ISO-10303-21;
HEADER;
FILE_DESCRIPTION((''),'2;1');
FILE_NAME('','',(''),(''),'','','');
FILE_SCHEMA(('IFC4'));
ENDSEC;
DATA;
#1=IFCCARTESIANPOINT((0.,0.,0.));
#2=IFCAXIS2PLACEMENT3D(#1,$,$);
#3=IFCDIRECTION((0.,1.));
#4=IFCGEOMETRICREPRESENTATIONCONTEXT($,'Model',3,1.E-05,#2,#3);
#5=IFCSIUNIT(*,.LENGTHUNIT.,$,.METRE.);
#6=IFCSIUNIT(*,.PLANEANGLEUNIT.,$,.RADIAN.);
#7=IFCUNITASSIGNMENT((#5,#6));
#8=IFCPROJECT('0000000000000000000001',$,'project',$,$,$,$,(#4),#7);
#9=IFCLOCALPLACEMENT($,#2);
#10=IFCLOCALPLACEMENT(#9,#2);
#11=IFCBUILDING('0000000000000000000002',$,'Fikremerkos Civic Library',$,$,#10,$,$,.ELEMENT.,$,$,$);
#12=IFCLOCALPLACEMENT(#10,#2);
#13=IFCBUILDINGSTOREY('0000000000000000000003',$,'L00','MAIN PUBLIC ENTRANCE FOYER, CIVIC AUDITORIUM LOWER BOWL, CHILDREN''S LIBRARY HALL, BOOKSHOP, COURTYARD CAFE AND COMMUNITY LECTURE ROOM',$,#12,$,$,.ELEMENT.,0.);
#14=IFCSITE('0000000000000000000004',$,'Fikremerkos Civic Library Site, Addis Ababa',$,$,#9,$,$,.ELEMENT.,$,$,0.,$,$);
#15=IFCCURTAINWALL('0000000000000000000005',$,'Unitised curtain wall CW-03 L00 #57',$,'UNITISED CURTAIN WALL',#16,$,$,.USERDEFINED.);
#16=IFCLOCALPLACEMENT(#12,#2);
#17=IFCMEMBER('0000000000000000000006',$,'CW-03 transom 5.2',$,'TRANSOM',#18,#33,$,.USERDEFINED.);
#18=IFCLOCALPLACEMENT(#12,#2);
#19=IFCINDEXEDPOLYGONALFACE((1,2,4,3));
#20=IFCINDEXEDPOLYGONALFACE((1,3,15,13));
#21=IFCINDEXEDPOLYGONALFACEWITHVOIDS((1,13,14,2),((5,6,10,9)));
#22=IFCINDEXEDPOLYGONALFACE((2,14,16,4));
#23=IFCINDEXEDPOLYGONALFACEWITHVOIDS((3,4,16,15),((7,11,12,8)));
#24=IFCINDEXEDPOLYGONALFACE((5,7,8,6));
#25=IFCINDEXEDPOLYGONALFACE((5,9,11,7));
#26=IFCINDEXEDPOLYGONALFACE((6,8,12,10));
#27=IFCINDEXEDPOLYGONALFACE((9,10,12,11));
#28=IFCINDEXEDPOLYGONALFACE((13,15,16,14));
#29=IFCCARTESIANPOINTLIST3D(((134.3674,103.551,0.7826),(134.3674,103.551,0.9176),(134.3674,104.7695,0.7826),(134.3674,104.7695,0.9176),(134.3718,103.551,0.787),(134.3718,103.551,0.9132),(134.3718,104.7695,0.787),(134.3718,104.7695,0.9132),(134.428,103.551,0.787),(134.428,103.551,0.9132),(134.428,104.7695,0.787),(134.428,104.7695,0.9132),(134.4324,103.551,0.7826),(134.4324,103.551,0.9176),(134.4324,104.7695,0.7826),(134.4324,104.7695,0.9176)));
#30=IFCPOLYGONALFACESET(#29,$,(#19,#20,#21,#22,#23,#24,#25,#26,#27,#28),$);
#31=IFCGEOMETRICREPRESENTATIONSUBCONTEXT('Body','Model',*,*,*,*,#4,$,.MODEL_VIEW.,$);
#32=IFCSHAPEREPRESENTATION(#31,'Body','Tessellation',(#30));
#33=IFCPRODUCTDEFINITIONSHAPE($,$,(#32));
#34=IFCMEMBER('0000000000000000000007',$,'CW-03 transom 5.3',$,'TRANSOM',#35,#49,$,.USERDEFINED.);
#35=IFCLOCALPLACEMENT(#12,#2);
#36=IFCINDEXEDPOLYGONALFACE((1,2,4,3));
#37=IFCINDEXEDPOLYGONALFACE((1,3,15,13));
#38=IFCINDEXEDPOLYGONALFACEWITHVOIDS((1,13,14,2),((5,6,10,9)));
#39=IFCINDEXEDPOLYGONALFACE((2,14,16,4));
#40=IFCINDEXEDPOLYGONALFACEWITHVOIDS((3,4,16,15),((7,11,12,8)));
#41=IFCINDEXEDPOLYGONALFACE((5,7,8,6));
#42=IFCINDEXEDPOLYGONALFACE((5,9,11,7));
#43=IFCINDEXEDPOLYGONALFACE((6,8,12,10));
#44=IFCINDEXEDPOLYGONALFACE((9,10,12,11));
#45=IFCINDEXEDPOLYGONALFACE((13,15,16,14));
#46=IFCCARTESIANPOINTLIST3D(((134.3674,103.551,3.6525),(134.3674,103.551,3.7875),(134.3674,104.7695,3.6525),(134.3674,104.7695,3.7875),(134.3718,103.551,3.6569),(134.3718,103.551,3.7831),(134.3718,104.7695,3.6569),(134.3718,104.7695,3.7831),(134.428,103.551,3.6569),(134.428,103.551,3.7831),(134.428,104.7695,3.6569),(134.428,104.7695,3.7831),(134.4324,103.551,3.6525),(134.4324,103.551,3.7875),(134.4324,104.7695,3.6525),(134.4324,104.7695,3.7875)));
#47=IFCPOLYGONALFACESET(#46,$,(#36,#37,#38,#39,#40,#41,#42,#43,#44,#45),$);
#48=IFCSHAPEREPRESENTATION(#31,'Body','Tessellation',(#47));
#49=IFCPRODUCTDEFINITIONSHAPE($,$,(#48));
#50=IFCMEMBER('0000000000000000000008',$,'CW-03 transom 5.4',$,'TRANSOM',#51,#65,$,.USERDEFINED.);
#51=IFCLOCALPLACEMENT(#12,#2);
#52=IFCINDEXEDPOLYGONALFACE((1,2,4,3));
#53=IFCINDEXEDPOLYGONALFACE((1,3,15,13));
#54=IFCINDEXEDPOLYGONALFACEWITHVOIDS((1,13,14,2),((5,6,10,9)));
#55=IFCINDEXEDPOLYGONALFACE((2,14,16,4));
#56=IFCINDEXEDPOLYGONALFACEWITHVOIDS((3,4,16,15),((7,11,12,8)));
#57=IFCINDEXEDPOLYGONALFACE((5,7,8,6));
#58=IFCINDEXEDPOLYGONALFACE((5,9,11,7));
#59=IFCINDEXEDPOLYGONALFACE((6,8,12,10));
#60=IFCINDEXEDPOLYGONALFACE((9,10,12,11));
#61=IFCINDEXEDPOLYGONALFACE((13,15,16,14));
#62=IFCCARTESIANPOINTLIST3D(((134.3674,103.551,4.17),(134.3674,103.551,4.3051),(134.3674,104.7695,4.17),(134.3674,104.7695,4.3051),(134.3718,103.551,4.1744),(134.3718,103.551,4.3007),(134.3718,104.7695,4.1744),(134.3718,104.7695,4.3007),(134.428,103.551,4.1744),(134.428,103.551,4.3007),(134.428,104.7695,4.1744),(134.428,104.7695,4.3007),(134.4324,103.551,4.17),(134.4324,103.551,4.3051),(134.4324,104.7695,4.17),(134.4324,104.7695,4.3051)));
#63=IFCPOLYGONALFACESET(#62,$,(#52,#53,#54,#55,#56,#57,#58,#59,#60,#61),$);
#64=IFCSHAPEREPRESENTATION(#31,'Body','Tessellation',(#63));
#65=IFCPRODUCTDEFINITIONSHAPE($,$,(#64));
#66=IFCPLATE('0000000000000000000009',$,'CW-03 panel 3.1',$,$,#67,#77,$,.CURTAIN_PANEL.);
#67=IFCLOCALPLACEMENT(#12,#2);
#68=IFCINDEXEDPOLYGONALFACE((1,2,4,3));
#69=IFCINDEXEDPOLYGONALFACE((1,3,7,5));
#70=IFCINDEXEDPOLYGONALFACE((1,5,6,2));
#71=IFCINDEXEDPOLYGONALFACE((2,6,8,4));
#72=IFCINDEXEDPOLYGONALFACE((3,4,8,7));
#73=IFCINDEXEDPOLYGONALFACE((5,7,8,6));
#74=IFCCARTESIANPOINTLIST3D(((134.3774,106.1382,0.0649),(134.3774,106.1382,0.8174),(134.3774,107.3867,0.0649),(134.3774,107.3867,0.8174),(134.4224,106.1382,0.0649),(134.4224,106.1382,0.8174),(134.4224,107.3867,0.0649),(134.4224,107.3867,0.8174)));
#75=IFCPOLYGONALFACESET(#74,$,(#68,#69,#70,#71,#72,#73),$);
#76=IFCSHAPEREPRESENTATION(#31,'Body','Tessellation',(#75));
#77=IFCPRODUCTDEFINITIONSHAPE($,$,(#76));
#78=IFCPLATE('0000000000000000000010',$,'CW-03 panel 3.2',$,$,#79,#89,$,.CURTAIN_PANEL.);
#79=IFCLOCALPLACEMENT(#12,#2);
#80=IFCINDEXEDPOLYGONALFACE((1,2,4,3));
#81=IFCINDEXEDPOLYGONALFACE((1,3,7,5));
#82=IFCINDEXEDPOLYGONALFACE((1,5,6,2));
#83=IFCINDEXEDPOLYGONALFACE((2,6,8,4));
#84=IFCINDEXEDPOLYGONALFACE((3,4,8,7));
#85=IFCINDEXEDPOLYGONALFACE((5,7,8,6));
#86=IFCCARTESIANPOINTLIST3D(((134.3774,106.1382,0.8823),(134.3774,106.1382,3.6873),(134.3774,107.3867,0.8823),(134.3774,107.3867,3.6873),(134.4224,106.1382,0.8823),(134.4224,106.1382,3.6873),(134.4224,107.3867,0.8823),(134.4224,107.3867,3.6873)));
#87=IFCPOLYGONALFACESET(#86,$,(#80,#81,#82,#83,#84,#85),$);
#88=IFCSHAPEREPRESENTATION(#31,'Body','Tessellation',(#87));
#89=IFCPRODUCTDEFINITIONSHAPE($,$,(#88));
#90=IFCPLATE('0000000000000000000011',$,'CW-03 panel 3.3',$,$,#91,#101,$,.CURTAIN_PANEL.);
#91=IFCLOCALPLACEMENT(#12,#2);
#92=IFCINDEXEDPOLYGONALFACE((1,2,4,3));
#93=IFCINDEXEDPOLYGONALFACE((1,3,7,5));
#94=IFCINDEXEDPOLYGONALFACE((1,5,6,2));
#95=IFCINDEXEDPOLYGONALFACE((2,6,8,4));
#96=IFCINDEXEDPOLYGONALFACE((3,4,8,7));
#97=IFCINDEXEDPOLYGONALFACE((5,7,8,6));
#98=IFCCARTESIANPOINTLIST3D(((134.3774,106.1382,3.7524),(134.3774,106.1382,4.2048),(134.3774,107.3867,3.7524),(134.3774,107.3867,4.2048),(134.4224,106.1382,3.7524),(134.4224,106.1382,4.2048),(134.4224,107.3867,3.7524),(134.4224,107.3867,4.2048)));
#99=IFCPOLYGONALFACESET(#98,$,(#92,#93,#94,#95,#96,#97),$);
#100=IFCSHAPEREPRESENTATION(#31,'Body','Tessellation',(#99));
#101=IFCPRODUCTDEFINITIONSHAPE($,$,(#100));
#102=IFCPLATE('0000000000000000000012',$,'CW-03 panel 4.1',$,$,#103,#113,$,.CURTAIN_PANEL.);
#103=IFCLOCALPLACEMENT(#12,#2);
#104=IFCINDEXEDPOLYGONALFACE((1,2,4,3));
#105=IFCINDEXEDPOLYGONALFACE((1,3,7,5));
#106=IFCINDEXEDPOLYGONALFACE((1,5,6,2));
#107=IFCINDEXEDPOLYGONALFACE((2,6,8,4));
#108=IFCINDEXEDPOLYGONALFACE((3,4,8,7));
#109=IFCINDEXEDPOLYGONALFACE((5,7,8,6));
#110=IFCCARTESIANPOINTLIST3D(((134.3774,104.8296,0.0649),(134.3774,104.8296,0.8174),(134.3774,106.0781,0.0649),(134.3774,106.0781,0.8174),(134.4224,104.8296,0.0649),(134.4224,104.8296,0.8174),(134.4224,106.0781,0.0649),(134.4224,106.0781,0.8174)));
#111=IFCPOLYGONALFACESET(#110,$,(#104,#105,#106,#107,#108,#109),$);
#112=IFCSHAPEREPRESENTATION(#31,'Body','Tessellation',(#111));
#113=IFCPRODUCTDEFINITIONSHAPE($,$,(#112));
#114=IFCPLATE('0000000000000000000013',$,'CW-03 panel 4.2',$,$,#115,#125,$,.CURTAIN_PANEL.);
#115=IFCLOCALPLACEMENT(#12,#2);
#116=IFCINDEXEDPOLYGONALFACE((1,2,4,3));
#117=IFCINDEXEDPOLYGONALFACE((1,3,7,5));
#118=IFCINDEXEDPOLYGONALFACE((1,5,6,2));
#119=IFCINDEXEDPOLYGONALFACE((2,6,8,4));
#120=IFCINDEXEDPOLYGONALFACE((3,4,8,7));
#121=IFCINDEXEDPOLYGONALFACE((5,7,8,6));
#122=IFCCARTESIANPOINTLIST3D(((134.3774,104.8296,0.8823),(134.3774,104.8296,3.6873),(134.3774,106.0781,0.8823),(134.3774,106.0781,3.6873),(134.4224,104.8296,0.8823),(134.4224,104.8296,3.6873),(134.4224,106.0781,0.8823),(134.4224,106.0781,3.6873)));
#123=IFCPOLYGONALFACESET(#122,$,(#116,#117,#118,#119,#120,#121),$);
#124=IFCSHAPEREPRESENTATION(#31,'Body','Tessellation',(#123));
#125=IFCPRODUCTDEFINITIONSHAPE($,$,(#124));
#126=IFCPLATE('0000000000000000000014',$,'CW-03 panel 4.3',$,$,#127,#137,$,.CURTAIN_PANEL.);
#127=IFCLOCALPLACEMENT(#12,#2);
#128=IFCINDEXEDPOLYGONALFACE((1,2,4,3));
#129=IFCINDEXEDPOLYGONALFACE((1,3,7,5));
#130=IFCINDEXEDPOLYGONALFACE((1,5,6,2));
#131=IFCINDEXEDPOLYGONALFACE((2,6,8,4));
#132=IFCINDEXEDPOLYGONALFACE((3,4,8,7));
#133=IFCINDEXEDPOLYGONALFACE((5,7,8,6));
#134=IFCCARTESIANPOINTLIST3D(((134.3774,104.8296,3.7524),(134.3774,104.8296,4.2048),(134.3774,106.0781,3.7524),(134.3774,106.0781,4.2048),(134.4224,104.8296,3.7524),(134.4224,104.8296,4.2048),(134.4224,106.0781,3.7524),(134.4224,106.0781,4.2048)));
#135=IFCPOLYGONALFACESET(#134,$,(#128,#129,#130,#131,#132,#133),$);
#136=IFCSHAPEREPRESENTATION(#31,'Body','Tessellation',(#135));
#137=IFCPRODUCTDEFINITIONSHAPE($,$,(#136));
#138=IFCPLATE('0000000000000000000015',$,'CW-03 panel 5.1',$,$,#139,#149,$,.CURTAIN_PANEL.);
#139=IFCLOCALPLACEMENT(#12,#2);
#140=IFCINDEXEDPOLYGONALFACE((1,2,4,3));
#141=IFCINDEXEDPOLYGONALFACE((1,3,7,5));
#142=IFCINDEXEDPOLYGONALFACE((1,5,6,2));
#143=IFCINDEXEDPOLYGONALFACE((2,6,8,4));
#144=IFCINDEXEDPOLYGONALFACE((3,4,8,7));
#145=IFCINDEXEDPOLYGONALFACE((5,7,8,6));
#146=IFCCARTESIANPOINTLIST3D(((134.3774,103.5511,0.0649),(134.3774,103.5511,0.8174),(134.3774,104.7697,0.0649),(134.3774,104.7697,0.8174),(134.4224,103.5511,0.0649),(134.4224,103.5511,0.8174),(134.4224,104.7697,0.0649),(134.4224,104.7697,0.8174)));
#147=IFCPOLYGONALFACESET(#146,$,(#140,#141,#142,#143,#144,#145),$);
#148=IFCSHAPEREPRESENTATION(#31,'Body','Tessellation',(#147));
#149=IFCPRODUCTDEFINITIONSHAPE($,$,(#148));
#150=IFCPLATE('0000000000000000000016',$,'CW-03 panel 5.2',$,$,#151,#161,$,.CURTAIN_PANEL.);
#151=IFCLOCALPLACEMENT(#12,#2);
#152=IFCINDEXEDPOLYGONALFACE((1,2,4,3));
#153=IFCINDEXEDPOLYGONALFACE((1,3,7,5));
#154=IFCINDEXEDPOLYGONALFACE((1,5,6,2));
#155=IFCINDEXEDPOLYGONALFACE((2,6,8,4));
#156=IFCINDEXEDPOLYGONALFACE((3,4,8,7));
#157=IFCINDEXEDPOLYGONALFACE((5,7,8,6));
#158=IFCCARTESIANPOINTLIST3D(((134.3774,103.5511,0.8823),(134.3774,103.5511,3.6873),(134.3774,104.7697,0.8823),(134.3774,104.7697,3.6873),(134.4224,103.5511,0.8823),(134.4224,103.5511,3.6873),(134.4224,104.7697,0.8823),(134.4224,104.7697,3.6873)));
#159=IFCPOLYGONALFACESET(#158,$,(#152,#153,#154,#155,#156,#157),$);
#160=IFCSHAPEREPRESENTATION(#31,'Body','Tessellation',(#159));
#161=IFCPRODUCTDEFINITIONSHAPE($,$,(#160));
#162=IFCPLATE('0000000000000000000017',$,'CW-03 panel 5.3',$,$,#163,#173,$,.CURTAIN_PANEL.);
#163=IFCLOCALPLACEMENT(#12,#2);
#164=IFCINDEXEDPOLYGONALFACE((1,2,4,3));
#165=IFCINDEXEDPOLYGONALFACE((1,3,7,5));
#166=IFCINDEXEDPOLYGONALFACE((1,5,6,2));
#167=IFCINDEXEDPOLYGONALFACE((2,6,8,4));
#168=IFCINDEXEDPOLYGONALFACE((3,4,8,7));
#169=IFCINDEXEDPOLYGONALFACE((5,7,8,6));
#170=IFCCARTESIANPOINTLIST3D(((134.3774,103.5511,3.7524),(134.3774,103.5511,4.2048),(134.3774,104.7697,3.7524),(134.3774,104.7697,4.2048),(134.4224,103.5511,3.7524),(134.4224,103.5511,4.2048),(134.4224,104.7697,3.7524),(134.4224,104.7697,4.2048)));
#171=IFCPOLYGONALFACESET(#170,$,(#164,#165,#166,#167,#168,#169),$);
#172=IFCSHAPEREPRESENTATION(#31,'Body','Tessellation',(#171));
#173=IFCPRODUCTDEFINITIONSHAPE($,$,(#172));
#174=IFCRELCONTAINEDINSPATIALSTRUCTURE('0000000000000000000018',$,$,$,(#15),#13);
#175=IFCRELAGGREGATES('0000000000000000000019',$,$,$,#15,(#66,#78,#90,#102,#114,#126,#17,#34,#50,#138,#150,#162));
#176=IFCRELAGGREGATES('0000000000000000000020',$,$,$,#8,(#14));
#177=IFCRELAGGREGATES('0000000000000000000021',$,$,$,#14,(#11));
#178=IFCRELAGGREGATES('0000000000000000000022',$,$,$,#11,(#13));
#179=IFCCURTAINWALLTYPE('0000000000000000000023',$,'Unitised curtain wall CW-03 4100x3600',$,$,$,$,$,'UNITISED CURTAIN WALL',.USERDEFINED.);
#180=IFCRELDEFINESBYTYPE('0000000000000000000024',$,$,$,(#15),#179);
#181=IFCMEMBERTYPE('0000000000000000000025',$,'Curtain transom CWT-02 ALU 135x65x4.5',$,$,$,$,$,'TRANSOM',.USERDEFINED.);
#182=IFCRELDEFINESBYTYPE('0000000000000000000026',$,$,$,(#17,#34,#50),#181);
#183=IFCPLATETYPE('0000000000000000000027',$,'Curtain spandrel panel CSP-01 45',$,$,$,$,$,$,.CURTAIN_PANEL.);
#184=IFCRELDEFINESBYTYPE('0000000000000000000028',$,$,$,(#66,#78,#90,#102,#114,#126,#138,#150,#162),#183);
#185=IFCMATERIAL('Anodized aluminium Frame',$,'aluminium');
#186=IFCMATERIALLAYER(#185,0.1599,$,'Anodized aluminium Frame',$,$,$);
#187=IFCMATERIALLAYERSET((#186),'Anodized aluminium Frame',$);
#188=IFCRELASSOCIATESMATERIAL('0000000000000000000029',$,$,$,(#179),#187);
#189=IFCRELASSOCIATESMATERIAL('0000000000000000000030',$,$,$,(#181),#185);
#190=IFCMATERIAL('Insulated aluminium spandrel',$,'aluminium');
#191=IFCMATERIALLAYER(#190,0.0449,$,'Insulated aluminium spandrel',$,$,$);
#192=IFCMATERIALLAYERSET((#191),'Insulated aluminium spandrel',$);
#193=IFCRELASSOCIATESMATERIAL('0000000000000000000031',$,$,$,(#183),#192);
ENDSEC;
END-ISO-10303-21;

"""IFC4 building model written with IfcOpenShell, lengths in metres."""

from ifc_helpers import new_model, si_unit, direction, frame, origin, origin_2d, place, context, subcontext, project, spatial, rectangle, hollow_rectangle, extrude, material, layer, layer_set, material_profile, profile_set, type_object, element, aggregate, save


model = new_model("IFC4")

# Units and contexts
model_context = context("Model", 3, precision=1e-05, world=origin(), true_north=direction((0.0, 1.0)))
body_context = subcontext(model_context, "Body", "Model", "MODEL_VIEW")
ifc_project = project(units=[si_unit("LENGTHUNIT", "METRE"), si_unit("PLANEANGLEUNIT", "RADIAN")], contexts=[model_context])

# Site, building, storey
site_placement = place(None, origin())
site = spatial("IfcSite", under=ifc_project, at=site_placement, Name="Fikremerkos Civic Library Site, Addis Ababa", CompositionType="ELEMENT", RefElevation=0.0)
building_placement = place(site_placement, origin())
building = spatial("IfcBuilding", under=site, at=building_placement, Name="Fikremerkos Civic Library", CompositionType="ELEMENT")
storey_placement = place(building_placement, origin())
storey = spatial("IfcBuildingStorey", under=building, at=storey_placement, Name="L00", Description="MAIN PUBLIC ENTRANCE FOYER, CIVIC AUDITORIUM LOWER BOWL, CHILDREN'S LIBRARY HALL, BOOKSHOP, COURTYARD CAFE AND COMMUNITY LECTURE ROOM", CompositionType="ELEMENT", Elevation=0.0)

# Curtain wall, members, plates
ifc_material_1 = material(Name="Anodized aluminium Frame", Category="aluminium")
ifc_layer_1 = layer(ifc_material_1, 0.1599, Name="Anodized aluminium Frame")
ifc_layer_set_1 = layer_set([ifc_layer_1], Name="Anodized aluminium Frame")
curtain_wall_type = type_object("IfcCurtainWallType", Name="Unitised curtain wall CW-03 4100x3600", ElementType="UNITISED CURTAIN WALL", PredefinedType="USERDEFINED", material=ifc_layer_set_1)
curtain_wall_placement = place(storey_placement, origin())
curtain_wall = element("IfcCurtainWall", 1, at=curtain_wall_placement, inside=storey, type_object=curtain_wall_type, Name="Unitised curtain wall CW-03 L00 #57", ObjectType="UNITISED CURTAIN WALL", PredefinedType="USERDEFINED")
ifc_material_profile_1 = material_profile(ifc_material_1, hollow_rectangle(XDim=0.0649, YDim=0.135, WallThickness=0.0044, at=origin_2d()), Name="ALU 135x65x4.5")
ifc_profile_set_1 = profile_set([ifc_material_profile_1], Name="Anodized aluminium Frame")
member_type_1 = type_object("IfcMemberType", Name="Curtain transom CWT-02 ALU 135x65x4.5", ElementType="TRANSOM", PredefinedType="USERDEFINED", material=ifc_profile_set_1)
member_1_placement = place(storey_placement, frame((134.3999, 104.7695, 0.8501), z_axis=(0.0, -1.0, 0.0), x_axis=(1.0, 0.0, 0.0)))
member_1 = element("IfcMember", 2, at=member_1_placement, type_object=member_type_1, Name="CW-03 transom 5.2", ObjectType="TRANSOM", PredefinedType="USERDEFINED", context=body_context, shape_type="SweptSolid", body=[
    extrude(hollow_rectangle(XDim=0.0649, YDim=0.135, WallThickness=0.0044, at=origin_2d()), origin(), (0.0, 0.0, 1.0), 1.2185),
])
member_2_placement = place(storey_placement, frame((134.3999, 104.7695, 3.72), z_axis=(0.0, -1.0, 0.0), x_axis=(1.0, 0.0, 0.0)))
member_2 = element("IfcMember", 3, at=member_2_placement, type_object=member_type_1, Name="CW-03 transom 5.3", ObjectType="TRANSOM", PredefinedType="USERDEFINED", context=body_context, shape_type="SweptSolid", body=[
    extrude(hollow_rectangle(XDim=0.0649, YDim=0.135, WallThickness=0.0044, at=origin_2d()), origin(), (0.0, 0.0, 1.0), 1.2185),
])
member_3_placement = place(storey_placement, frame((134.3999, 104.7695, 4.2375), z_axis=(0.0, -1.0, 0.0), x_axis=(1.0, 0.0, 0.0)))
member_3 = element("IfcMember", 4, at=member_3_placement, type_object=member_type_1, Name="CW-03 transom 5.4", ObjectType="TRANSOM", PredefinedType="USERDEFINED", context=body_context, shape_type="SweptSolid", body=[
    extrude(hollow_rectangle(XDim=0.0649, YDim=0.135, WallThickness=0.0044, at=origin_2d()), origin(), (0.0, 0.0, 1.0), 1.2185),
])
ifc_material_2 = material(Name="Insulated aluminium spandrel", Category="aluminium")
ifc_layer_2 = layer(ifc_material_2, 0.0449, Name="Insulated aluminium spandrel")
ifc_layer_set_2 = layer_set([ifc_layer_2], Name="Insulated aluminium spandrel")
plate_type = type_object("IfcPlateType", Name="Curtain spandrel panel CSP-01 45", PredefinedType="CURTAIN_PANEL", material=ifc_layer_set_2)
plate_1_placement = place(storey_placement, frame((134.3999, 106.7625, 0.0649), z_axis=(0.0, 0.0, 1.0), x_axis=(0.0, -1.0, 0.0)))
plate_1 = element("IfcPlate", 5, at=plate_1_placement, type_object=plate_type, Name="CW-03 panel 3.1", PredefinedType="CURTAIN_PANEL", context=body_context, shape_type="SweptSolid", body=[
    extrude(rectangle(XDim=1.2485, YDim=0.0449, at=origin_2d()), origin(), (0.0, 0.0, 1.0), 0.7524),
])
plate_2_placement = place(storey_placement, frame((134.3999, 106.7625, 0.8823), z_axis=(0.0, 0.0, 1.0), x_axis=(0.0, -1.0, 0.0)))
plate_2 = element("IfcPlate", 6, at=plate_2_placement, type_object=plate_type, Name="CW-03 panel 3.2", PredefinedType="CURTAIN_PANEL", context=body_context, shape_type="SweptSolid", body=[
    extrude(rectangle(XDim=1.2485, YDim=0.0449, at=origin_2d()), origin(), (0.0, 0.0, 1.0), 2.8049),
])
plate_3_placement = place(storey_placement, frame((134.3999, 106.7625, 3.7524), z_axis=(0.0, 0.0, 1.0), x_axis=(0.0, -1.0, 0.0)))
plate_3 = element("IfcPlate", 7, at=plate_3_placement, type_object=plate_type, Name="CW-03 panel 3.3", PredefinedType="CURTAIN_PANEL", context=body_context, shape_type="SweptSolid", body=[
    extrude(rectangle(XDim=1.2485, YDim=0.0449, at=origin_2d()), origin(), (0.0, 0.0, 1.0), 0.4524),
])
plate_4_placement = place(storey_placement, frame((134.3999, 105.4539, 0.0649), z_axis=(0.0, 0.0, 1.0), x_axis=(0.0, -1.0, 0.0)))
plate_4 = element("IfcPlate", 8, at=plate_4_placement, type_object=plate_type, Name="CW-03 panel 4.1", PredefinedType="CURTAIN_PANEL", context=body_context, shape_type="SweptSolid", body=[
    extrude(rectangle(XDim=1.2485, YDim=0.0449, at=origin_2d()), origin(), (0.0, 0.0, 1.0), 0.7524),
])
plate_5_placement = place(storey_placement, frame((134.3999, 105.4539, 0.8823), z_axis=(0.0, 0.0, 1.0), x_axis=(0.0, -1.0, 0.0)))
plate_5 = element("IfcPlate", 9, at=plate_5_placement, type_object=plate_type, Name="CW-03 panel 4.2", PredefinedType="CURTAIN_PANEL", context=body_context, shape_type="SweptSolid", body=[
    extrude(rectangle(XDim=1.2485, YDim=0.0449, at=origin_2d()), origin(), (0.0, 0.0, 1.0), 2.8049),
])
plate_6_placement = place(storey_placement, frame((134.3999, 105.4539, 3.7524), z_axis=(0.0, 0.0, 1.0), x_axis=(0.0, -1.0, 0.0)))
plate_6 = element("IfcPlate", 10, at=plate_6_placement, type_object=plate_type, Name="CW-03 panel 4.3", PredefinedType="CURTAIN_PANEL", context=body_context, shape_type="SweptSolid", body=[
    extrude(rectangle(XDim=1.2485, YDim=0.0449, at=origin_2d()), origin(), (0.0, 0.0, 1.0), 0.4524),
])
plate_7_placement = place(storey_placement, frame((134.3999, 104.1604, 0.0649), z_axis=(0.0, 0.0, 1.0), x_axis=(0.0, -1.0, 0.0)))
plate_7 = element("IfcPlate", 11, at=plate_7_placement, type_object=plate_type, Name="CW-03 panel 5.1", PredefinedType="CURTAIN_PANEL", context=body_context, shape_type="SweptSolid", body=[
    extrude(rectangle(XDim=1.2185, YDim=0.0449, at=origin_2d()), origin(), (0.0, 0.0, 1.0), 0.7524),
])
plate_8_placement = place(storey_placement, frame((134.3999, 104.1604, 0.8823), z_axis=(0.0, 0.0, 1.0), x_axis=(0.0, -1.0, 0.0)))
plate_8 = element("IfcPlate", 12, at=plate_8_placement, type_object=plate_type, Name="CW-03 panel 5.2", PredefinedType="CURTAIN_PANEL", context=body_context, shape_type="SweptSolid", body=[
    extrude(rectangle(XDim=1.2185, YDim=0.0449, at=origin_2d()), origin(), (0.0, 0.0, 1.0), 2.8049),
])
plate_9_placement = place(storey_placement, frame((134.3999, 104.1604, 3.7524), z_axis=(0.0, 0.0, 1.0), x_axis=(0.0, -1.0, 0.0)))
plate_9 = element("IfcPlate", 13, at=plate_9_placement, type_object=plate_type, Name="CW-03 panel 5.3", PredefinedType="CURTAIN_PANEL", context=body_context, shape_type="SweptSolid", body=[
    extrude(rectangle(XDim=1.2185, YDim=0.0449, at=origin_2d()), origin(), (0.0, 0.0, 1.0), 0.4524),
])
aggregate(curtain_wall, [plate_1, plate_2, plate_3, plate_4, plate_5, plate_6, member_1, member_2, member_3, plate_7, plate_8, plate_9])

save(model, "model.ifc")
